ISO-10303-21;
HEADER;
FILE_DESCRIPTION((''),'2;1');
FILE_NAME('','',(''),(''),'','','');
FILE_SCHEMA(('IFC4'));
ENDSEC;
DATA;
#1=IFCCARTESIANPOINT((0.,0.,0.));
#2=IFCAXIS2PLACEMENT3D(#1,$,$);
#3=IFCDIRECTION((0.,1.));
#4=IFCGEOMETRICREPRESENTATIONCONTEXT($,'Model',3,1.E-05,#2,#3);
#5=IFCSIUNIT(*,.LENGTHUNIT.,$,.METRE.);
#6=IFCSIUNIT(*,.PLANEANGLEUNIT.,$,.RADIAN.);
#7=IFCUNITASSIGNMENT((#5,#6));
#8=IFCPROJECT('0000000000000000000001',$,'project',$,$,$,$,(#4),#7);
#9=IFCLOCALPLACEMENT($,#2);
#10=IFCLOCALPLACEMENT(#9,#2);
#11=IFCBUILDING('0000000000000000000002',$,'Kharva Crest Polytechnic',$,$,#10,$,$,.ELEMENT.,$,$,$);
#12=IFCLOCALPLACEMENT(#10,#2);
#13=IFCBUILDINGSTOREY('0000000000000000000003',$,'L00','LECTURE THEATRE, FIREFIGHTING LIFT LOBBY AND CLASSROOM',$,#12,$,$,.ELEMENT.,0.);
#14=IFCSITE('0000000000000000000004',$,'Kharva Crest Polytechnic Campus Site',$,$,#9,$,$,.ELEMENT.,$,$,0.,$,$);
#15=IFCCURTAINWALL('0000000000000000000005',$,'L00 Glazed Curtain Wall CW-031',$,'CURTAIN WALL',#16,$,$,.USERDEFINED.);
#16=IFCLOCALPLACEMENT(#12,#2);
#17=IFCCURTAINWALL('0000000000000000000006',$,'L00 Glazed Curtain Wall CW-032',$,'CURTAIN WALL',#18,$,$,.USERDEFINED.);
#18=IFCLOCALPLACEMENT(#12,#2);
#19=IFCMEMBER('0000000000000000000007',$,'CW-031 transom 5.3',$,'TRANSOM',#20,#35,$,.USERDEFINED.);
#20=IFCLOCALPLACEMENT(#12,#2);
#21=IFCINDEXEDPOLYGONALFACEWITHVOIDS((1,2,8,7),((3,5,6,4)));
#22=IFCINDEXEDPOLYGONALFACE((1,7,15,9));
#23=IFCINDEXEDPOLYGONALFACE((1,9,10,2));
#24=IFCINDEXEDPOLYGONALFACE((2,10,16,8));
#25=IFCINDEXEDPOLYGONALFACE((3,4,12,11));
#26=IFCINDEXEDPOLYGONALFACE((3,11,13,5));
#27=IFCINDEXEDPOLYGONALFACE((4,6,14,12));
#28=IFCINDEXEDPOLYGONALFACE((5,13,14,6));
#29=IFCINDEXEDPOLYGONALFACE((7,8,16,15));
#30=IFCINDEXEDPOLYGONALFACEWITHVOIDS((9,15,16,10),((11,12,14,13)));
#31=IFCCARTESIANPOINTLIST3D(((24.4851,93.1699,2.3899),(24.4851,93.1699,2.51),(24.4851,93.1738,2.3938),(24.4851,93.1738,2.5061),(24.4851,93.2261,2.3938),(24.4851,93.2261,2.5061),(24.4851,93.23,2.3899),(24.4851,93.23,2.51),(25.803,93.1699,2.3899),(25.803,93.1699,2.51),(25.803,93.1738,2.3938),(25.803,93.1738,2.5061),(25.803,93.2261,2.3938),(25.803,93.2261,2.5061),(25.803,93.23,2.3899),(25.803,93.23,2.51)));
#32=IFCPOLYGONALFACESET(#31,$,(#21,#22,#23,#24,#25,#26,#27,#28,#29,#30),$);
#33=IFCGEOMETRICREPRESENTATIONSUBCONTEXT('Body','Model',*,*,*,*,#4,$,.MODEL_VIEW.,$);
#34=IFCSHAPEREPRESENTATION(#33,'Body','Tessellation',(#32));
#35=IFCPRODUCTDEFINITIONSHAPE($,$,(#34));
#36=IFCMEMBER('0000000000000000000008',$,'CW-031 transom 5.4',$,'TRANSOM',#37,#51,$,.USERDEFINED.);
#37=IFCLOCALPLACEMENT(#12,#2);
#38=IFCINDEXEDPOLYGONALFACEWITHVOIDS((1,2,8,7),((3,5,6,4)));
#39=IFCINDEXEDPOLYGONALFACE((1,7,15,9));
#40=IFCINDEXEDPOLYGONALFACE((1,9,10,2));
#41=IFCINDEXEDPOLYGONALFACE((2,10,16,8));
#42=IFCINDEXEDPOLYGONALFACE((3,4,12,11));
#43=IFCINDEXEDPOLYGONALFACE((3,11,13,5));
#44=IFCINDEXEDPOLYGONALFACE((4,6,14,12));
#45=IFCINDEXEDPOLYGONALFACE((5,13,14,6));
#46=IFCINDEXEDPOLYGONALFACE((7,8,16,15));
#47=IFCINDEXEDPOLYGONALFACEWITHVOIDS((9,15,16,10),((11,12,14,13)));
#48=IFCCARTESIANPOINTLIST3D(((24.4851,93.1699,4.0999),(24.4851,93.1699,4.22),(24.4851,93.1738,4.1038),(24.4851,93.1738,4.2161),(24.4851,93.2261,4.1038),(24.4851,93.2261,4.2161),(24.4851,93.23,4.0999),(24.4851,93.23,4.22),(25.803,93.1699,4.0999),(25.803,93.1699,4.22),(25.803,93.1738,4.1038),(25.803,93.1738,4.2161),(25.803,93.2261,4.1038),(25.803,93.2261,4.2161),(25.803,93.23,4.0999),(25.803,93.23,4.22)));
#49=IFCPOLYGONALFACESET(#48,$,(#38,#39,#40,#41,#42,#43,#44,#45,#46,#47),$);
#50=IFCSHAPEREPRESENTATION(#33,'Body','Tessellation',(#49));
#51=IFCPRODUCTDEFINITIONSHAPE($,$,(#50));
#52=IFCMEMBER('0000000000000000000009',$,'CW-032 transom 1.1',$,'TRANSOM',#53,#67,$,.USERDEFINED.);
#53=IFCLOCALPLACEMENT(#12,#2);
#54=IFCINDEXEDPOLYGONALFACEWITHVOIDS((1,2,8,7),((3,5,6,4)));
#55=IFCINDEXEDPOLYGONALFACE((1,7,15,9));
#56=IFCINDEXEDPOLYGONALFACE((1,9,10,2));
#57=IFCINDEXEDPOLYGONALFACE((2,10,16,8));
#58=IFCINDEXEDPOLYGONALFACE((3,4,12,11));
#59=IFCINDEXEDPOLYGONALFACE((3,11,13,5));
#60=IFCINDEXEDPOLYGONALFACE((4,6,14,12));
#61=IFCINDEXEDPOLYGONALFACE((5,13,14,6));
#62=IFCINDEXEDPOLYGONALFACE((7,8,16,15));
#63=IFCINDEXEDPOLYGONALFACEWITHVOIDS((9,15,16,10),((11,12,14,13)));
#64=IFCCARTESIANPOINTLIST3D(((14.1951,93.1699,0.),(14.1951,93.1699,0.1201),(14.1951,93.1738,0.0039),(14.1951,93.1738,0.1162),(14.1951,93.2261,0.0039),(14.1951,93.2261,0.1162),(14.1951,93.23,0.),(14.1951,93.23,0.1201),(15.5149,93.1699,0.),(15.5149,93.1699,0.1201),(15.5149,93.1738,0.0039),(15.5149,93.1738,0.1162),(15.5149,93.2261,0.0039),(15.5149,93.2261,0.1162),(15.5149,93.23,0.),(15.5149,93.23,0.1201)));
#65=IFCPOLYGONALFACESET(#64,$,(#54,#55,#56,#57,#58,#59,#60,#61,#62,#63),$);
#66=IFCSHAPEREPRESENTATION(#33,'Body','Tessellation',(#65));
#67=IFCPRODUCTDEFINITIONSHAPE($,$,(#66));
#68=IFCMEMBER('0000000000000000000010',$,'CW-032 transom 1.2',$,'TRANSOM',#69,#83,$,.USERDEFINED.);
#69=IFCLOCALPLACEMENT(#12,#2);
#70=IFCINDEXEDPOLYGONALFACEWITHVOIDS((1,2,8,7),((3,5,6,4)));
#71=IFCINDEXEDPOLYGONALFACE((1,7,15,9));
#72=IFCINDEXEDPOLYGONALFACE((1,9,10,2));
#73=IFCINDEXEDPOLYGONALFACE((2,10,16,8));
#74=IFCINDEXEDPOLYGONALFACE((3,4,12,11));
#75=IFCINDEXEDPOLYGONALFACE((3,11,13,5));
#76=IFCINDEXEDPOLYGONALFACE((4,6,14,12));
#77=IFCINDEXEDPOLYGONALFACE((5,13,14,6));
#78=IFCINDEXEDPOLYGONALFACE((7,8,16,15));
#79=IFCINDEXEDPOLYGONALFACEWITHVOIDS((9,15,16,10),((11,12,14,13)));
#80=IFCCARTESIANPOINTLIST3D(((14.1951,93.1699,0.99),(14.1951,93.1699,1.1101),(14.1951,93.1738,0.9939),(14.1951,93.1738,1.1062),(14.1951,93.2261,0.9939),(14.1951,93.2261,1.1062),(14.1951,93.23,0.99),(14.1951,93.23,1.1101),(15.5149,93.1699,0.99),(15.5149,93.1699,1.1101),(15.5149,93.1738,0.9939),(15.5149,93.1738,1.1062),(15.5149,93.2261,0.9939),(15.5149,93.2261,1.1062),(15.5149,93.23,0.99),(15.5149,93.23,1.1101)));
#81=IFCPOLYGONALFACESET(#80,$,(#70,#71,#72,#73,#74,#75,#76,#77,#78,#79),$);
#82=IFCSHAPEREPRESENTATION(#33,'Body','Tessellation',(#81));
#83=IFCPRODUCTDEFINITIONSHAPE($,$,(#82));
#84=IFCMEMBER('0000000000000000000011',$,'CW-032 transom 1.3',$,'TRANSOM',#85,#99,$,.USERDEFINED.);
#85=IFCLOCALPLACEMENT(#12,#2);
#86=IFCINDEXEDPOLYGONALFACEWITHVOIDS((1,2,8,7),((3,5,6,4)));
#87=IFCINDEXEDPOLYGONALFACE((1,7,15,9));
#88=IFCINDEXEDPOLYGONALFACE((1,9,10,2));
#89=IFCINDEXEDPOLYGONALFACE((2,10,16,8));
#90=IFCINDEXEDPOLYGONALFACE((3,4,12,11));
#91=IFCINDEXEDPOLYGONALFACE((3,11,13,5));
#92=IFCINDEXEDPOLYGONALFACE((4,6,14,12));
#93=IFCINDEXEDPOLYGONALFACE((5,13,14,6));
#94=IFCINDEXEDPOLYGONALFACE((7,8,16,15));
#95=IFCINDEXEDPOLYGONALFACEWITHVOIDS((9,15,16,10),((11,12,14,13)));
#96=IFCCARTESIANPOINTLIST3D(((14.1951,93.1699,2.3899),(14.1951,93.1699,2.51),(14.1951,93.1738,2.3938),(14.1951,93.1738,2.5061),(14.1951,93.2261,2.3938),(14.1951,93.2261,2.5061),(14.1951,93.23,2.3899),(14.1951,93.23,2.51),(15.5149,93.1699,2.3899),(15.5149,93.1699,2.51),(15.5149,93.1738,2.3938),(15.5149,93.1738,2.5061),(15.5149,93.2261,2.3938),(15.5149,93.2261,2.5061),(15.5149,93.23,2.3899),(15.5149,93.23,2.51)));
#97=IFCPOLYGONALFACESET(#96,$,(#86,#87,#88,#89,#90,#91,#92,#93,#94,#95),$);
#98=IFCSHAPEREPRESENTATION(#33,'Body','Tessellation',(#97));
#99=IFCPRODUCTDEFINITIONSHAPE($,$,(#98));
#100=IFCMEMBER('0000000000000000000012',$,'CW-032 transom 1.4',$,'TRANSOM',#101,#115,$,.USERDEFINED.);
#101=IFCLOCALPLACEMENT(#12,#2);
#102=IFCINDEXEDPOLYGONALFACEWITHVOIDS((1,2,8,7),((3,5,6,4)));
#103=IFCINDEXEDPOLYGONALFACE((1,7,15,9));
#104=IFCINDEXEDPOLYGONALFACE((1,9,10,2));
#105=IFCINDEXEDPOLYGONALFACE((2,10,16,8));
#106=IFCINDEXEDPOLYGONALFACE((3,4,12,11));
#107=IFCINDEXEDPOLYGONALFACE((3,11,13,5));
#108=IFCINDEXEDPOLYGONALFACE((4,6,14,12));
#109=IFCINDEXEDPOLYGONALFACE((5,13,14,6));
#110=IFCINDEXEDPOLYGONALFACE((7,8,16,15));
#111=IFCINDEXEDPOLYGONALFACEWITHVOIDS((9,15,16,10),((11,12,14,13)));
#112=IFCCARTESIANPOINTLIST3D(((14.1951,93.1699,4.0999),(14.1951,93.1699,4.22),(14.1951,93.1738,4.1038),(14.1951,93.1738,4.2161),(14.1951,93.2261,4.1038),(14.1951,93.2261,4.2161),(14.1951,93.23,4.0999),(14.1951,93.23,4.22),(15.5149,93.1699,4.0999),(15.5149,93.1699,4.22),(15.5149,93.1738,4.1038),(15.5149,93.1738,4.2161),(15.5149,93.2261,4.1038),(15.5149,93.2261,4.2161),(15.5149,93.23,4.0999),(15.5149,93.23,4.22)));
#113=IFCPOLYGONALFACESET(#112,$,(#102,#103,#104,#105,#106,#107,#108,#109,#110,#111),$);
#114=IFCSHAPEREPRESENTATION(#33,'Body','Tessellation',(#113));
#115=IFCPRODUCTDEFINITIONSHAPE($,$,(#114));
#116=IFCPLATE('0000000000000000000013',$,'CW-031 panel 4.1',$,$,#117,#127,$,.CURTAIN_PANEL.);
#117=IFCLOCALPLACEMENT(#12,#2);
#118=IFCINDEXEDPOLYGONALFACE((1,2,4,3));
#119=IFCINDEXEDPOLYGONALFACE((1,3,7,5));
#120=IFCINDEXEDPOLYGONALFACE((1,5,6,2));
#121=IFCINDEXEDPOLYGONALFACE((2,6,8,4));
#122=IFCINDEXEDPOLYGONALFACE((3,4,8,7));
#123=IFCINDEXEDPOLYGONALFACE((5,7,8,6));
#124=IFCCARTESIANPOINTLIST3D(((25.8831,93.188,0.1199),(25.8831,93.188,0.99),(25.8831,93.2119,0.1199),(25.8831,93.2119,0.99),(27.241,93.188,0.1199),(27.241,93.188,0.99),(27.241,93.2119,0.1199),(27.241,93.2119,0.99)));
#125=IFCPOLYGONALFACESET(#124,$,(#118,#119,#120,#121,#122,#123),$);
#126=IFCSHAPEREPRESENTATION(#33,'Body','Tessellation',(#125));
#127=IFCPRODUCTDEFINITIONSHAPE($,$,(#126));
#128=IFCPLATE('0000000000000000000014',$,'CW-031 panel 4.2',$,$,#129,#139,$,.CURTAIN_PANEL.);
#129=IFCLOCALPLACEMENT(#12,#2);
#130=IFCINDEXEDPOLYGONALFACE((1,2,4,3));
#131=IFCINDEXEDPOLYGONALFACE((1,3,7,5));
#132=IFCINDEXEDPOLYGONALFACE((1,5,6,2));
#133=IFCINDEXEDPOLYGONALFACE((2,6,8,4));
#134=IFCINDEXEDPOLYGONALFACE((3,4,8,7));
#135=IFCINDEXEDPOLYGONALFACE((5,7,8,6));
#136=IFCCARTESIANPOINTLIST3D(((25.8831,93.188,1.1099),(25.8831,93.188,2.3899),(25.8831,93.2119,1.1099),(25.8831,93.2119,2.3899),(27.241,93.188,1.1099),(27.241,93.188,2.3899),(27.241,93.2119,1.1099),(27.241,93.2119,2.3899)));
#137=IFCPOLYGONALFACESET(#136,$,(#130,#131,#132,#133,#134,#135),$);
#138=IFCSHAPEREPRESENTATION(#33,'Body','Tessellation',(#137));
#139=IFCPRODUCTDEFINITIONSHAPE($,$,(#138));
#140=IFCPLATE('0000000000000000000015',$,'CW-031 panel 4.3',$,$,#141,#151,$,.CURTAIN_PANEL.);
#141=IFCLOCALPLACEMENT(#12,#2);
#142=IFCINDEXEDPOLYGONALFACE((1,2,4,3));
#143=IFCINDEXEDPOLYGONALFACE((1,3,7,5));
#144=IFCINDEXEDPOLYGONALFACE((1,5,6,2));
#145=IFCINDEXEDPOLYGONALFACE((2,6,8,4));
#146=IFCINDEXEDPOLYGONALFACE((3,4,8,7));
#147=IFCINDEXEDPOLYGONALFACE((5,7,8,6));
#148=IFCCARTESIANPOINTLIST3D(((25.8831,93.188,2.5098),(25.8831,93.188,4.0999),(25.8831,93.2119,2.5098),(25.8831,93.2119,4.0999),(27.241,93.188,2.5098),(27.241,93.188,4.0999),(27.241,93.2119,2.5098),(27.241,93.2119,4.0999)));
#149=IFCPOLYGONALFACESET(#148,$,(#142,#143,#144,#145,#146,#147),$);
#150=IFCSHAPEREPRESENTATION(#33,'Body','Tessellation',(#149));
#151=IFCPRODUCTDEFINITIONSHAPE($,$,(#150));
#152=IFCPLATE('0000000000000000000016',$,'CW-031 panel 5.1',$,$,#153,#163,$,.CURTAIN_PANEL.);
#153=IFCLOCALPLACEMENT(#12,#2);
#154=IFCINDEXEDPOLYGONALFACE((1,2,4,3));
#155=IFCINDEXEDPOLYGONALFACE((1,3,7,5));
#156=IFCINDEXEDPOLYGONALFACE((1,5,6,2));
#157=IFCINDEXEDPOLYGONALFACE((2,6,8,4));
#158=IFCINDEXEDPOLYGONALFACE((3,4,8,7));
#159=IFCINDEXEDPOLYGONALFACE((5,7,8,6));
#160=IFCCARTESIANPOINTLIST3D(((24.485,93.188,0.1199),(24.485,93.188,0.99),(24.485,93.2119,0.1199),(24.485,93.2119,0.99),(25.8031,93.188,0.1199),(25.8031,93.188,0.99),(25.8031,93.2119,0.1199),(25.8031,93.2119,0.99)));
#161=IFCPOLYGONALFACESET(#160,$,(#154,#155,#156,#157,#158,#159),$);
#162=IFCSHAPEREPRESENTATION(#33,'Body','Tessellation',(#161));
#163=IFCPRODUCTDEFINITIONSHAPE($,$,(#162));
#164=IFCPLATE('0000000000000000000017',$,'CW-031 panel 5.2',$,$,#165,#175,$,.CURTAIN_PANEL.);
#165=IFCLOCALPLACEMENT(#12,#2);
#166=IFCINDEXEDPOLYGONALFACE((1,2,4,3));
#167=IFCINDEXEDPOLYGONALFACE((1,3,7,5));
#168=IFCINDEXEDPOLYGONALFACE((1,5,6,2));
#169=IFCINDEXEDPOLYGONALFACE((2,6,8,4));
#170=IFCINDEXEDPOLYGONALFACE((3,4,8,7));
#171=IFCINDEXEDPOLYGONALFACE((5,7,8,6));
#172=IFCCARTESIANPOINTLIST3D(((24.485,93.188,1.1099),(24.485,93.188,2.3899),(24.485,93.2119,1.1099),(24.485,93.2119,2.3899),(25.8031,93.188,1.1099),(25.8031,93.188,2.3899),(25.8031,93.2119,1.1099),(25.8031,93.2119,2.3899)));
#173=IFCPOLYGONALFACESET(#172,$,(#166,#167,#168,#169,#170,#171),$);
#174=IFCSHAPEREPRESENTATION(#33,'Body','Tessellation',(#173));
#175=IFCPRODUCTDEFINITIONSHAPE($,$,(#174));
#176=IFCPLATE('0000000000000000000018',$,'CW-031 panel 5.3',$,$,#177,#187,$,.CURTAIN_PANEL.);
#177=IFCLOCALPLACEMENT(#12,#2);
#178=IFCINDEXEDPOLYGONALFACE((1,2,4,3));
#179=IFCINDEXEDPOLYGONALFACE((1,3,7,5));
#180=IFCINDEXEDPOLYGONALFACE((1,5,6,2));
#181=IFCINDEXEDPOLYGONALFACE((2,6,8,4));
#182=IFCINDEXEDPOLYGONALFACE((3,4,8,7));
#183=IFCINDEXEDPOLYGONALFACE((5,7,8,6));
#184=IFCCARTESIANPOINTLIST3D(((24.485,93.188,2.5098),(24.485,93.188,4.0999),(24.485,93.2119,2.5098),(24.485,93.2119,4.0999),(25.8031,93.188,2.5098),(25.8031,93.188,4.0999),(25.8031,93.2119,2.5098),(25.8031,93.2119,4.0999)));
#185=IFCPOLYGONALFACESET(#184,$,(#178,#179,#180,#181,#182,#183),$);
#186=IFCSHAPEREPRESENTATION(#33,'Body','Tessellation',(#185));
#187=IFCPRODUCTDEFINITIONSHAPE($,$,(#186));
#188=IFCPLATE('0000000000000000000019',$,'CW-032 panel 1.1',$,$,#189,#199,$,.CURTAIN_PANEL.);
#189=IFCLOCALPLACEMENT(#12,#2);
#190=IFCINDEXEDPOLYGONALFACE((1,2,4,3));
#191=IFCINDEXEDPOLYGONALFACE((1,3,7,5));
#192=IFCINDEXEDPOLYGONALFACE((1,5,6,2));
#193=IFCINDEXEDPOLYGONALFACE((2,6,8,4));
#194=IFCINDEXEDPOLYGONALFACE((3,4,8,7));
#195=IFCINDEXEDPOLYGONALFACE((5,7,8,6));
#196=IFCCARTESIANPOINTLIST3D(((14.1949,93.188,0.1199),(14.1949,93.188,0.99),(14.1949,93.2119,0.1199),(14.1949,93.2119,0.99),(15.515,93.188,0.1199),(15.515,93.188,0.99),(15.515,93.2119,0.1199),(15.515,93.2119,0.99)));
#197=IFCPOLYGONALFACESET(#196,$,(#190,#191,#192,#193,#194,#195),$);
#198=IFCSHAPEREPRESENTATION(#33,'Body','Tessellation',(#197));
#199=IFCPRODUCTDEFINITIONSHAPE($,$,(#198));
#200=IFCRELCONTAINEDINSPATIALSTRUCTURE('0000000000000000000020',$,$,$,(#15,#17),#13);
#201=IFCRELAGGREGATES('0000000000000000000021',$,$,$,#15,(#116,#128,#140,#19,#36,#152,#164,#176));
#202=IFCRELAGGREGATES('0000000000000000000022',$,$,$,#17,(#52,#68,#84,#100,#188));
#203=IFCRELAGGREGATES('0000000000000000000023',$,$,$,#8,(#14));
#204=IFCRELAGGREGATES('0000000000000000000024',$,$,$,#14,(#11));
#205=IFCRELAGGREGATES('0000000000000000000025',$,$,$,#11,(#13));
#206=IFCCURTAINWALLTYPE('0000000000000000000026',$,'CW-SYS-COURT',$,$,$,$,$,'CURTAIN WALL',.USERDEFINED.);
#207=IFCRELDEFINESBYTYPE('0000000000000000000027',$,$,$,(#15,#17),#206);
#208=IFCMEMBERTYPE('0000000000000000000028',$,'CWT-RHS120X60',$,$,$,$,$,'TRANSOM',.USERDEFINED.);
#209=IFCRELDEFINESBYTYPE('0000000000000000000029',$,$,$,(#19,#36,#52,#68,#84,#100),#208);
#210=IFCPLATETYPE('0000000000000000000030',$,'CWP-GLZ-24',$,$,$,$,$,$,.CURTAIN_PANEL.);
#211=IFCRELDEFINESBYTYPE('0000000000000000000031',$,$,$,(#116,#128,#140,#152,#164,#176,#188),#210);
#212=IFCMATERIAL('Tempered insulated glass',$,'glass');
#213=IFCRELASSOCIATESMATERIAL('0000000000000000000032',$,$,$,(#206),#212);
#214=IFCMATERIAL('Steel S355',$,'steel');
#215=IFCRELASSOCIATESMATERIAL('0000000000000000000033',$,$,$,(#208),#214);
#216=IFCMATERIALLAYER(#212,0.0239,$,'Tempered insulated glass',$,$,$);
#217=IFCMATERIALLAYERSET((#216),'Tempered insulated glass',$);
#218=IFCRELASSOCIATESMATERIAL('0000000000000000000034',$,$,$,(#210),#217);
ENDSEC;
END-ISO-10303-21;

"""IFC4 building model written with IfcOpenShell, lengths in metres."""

from ifc_helpers import new_model, si_unit, direction, frame, origin, origin_2d, place, context, subcontext, project, spatial, rectangle, hollow_rectangle, extrude, material, layer, layer_set, material_profile, profile_set, type_object, element, aggregate, save


model = new_model("IFC4")

# Units and contexts
model_context = context("Model", 3, precision=1e-05, world=origin(), true_north=direction((0.0, 1.0)))
body_context = subcontext(model_context, "Body", "Model", "MODEL_VIEW")
ifc_project = project(units=[si_unit("LENGTHUNIT", "METRE"), si_unit("PLANEANGLEUNIT", "RADIAN")], contexts=[model_context])

# Site, building, storey
site_placement = place(None, origin())
site = spatial("IfcSite", under=ifc_project, at=site_placement, Name="Kharva Crest Polytechnic Campus Site", CompositionType="ELEMENT", RefElevation=0.0)
building_placement = place(site_placement, origin())
building = spatial("IfcBuilding", under=site, at=building_placement, Name="Kharva Crest Polytechnic", CompositionType="ELEMENT")
storey_placement = place(building_placement, origin())
storey = spatial("IfcBuildingStorey", under=building, at=storey_placement, Name="L00", Description="LECTURE THEATRE, FIREFIGHTING LIFT LOBBY AND CLASSROOM", CompositionType="ELEMENT", Elevation=0.0)

# Curtain wall
ifc_material_1 = material(Name="Tempered insulated glass", Category="glass")
curtain_wall_type = type_object("IfcCurtainWallType", Name="CW-SYS-COURT", ElementType="CURTAIN WALL", PredefinedType="USERDEFINED", material=ifc_material_1)
curtain_wall_1_placement = place(storey_placement, origin())
curtain_wall_1 = element("IfcCurtainWall", 1, at=curtain_wall_1_placement, inside=storey, type_object=curtain_wall_type, Name="L00 Glazed Curtain Wall CW-031", ObjectType="CURTAIN WALL", PredefinedType="USERDEFINED")
ifc_material_2 = material(Name="Steel S355", Category="steel")

# Curtain wall
curtain_wall_2_placement = place(storey_placement, origin())
curtain_wall_2 = element("IfcCurtainWall", 2, at=curtain_wall_2_placement, inside=storey, type_object=curtain_wall_type, Name="L00 Glazed Curtain Wall CW-032", ObjectType="CURTAIN WALL", PredefinedType="USERDEFINED")

# Members
ifc_material_profile_1 = material_profile(ifc_material_2, hollow_rectangle(XDim=0.0601, YDim=0.1201, WallThickness=0.0039, at=origin_2d()), Name="RHS 120X60X4.0")
ifc_profile_set_1 = profile_set([ifc_material_profile_1], Name="Steel S355")
member_type_1 = type_object("IfcMemberType", Name="CWT-RHS120X60", ElementType="TRANSOM", PredefinedType="USERDEFINED", material=ifc_profile_set_1)
member_1_placement = place(storey_placement, frame((25.803, 93.2, 2.45), z_axis=(-1.0, 0.0, 0.0), x_axis=(0.0, -1.0, 0.0)))
member_1 = element("IfcMember", 3, at=member_1_placement, type_object=member_type_1, Name="CW-031 transom 5.3", ObjectType="TRANSOM", PredefinedType="USERDEFINED", context=body_context, shape_type="SweptSolid", body=[
    extrude(hollow_rectangle(XDim=0.0601, YDim=0.1201, WallThickness=0.0039, at=origin_2d()), origin(), (0.0, 0.0, 1.0), 1.3179),
])
member_2_placement = place(storey_placement, frame((25.803, 93.2, 4.1599), z_axis=(-1.0, 0.0, 0.0), x_axis=(0.0, -1.0, 0.0)))
member_2 = element("IfcMember", 4, at=member_2_placement, type_object=member_type_1, Name="CW-031 transom 5.4", ObjectType="TRANSOM", PredefinedType="USERDEFINED", context=body_context, shape_type="SweptSolid", body=[
    extrude(hollow_rectangle(XDim=0.0601, YDim=0.1201, WallThickness=0.0039, at=origin_2d()), origin(), (0.0, 0.0, 1.0), 1.3179),
])
member_3_placement = place(storey_placement, frame((15.5149, 93.2, 0.0601), z_axis=(-1.0, 0.0, 0.0), x_axis=(0.0, -1.0, 0.0)))
member_3 = element("IfcMember", 5, at=member_3_placement, type_object=member_type_1, Name="CW-032 transom 1.1", ObjectType="TRANSOM", PredefinedType="USERDEFINED", context=body_context, shape_type="SweptSolid", body=[
    extrude(hollow_rectangle(XDim=0.0601, YDim=0.1201, WallThickness=0.0039, at=origin_2d()), origin(), (0.0, 0.0, 1.0), 1.3198),
])
member_4_placement = place(storey_placement, frame((15.5149, 93.2, 1.05), z_axis=(-1.0, 0.0, 0.0), x_axis=(0.0, -1.0, 0.0)))
member_4 = element("IfcMember", 6, at=member_4_placement, type_object=member_type_1, Name="CW-032 transom 1.2", ObjectType="TRANSOM", PredefinedType="USERDEFINED", context=body_context, shape_type="SweptSolid", body=[
    extrude(hollow_rectangle(XDim=0.0601, YDim=0.1201, WallThickness=0.0039, at=origin_2d()), origin(), (0.0, 0.0, 1.0), 1.3198),
])
member_5_placement = place(storey_placement, frame((15.5149, 93.2, 2.45), z_axis=(-1.0, 0.0, 0.0), x_axis=(0.0, -1.0, 0.0)))
member_5 = element("IfcMember", 7, at=member_5_placement, type_object=member_type_1, Name="CW-032 transom 1.3", ObjectType="TRANSOM", PredefinedType="USERDEFINED", context=body_context, shape_type="SweptSolid", body=[
    extrude(hollow_rectangle(XDim=0.0601, YDim=0.1201, WallThickness=0.0039, at=origin_2d()), origin(), (0.0, 0.0, 1.0), 1.3198),
])
member_6_placement = place(storey_placement, frame((15.5149, 93.2, 4.1599), z_axis=(-1.0, 0.0, 0.0), x_axis=(0.0, -1.0, 0.0)))
member_6 = element("IfcMember", 8, at=member_6_placement, type_object=member_type_1, Name="CW-032 transom 1.4", ObjectType="TRANSOM", PredefinedType="USERDEFINED", context=body_context, shape_type="SweptSolid", body=[
    extrude(hollow_rectangle(XDim=0.0601, YDim=0.1201, WallThickness=0.0039, at=origin_2d()), origin(), (0.0, 0.0, 1.0), 1.3198),
])

# Plates
ifc_layer_1 = layer(ifc_material_1, 0.0239, Name="Tempered insulated glass")
ifc_layer_set_1 = layer_set([ifc_layer_1], Name="Tempered insulated glass")
plate_type = type_object("IfcPlateType", Name="CWP-GLZ-24", PredefinedType="CURTAIN_PANEL", material=ifc_layer_set_1)
plate_1_placement = place(storey_placement, frame((26.562, 93.2, 0.1199), z_axis=(0.0, 0.0, 1.0), x_axis=(-1.0, 0.0, 0.0)))
plate_1 = element("IfcPlate", 9, at=plate_1_placement, type_object=plate_type, Name="CW-031 panel 4.1", PredefinedType="CURTAIN_PANEL", context=body_context, shape_type="SweptSolid", body=[
    extrude(rectangle(XDim=1.3579, YDim=0.0239, at=origin_2d()), origin(), (0.0, 0.0, 1.0), 0.8701),
])
plate_2_placement = place(storey_placement, frame((26.562, 93.2, 1.1099), z_axis=(0.0, 0.0, 1.0), x_axis=(-1.0, 0.0, 0.0)))
plate_2 = element("IfcPlate", 10, at=plate_2_placement, type_object=plate_type, Name="CW-031 panel 4.2", PredefinedType="CURTAIN_PANEL", context=body_context, shape_type="SweptSolid", body=[
    extrude(rectangle(XDim=1.3579, YDim=0.0239, at=origin_2d()), origin(), (0.0, 0.0, 1.0), 1.28),
])
plate_3_placement = place(storey_placement, frame((26.562, 93.2, 2.5098), z_axis=(0.0, 0.0, 1.0), x_axis=(-1.0, 0.0, 0.0)))
plate_3 = element("IfcPlate", 11, at=plate_3_placement, type_object=plate_type, Name="CW-031 panel 4.3", PredefinedType="CURTAIN_PANEL", context=body_context, shape_type="SweptSolid", body=[
    extrude(rectangle(XDim=1.3579, YDim=0.0239, at=origin_2d()), origin(), (0.0, 0.0, 1.0), 1.5901),
])
plate_4_placement = place(storey_placement, frame((25.144, 93.2, 0.1199), z_axis=(0.0, 0.0, 1.0), x_axis=(-1.0, 0.0, 0.0)))
plate_4 = element("IfcPlate", 12, at=plate_4_placement, type_object=plate_type, Name="CW-031 panel 5.1", PredefinedType="CURTAIN_PANEL", context=body_context, shape_type="SweptSolid", body=[
    extrude(rectangle(XDim=1.3181, YDim=0.0239, at=origin_2d()), origin(), (0.0, 0.0, 1.0), 0.8701),
])
plate_5_placement = place(storey_placement, frame((25.144, 93.2, 1.1099), z_axis=(0.0, 0.0, 1.0), x_axis=(-1.0, 0.0, 0.0)))
plate_5 = element("IfcPlate", 13, at=plate_5_placement, type_object=plate_type, Name="CW-031 panel 5.2", PredefinedType="CURTAIN_PANEL", context=body_context, shape_type="SweptSolid", body=[
    extrude(rectangle(XDim=1.3181, YDim=0.0239, at=origin_2d()), origin(), (0.0, 0.0, 1.0), 1.28),
])
plate_6_placement = place(storey_placement, frame((25.144, 93.2, 2.5098), z_axis=(0.0, 0.0, 1.0), x_axis=(-1.0, 0.0, 0.0)))
plate_6 = element("IfcPlate", 14, at=plate_6_placement, type_object=plate_type, Name="CW-031 panel 5.3", PredefinedType="CURTAIN_PANEL", context=body_context, shape_type="SweptSolid", body=[
    extrude(rectangle(XDim=1.3181, YDim=0.0239, at=origin_2d()), origin(), (0.0, 0.0, 1.0), 1.5901),
])
aggregate(curtain_wall_1, [plate_1, plate_2, plate_3, member_1, member_2, plate_4, plate_5, plate_6])
plate_7_placement = place(storey_placement, frame((14.855, 93.2, 0.1199), z_axis=(0.0, 0.0, 1.0), x_axis=(-1.0, 0.0, 0.0)))
plate_7 = element("IfcPlate", 15, at=plate_7_placement, type_object=plate_type, Name="CW-032 panel 1.1", PredefinedType="CURTAIN_PANEL", context=body_context, shape_type="SweptSolid", body=[
    extrude(rectangle(XDim=1.3201, YDim=0.0239, at=origin_2d()), origin(), (0.0, 0.0, 1.0), 0.8701),
])
aggregate(curtain_wall_2, [member_3, member_4, member_5, member_6, plate_7])

save(model, "model.ifc")
